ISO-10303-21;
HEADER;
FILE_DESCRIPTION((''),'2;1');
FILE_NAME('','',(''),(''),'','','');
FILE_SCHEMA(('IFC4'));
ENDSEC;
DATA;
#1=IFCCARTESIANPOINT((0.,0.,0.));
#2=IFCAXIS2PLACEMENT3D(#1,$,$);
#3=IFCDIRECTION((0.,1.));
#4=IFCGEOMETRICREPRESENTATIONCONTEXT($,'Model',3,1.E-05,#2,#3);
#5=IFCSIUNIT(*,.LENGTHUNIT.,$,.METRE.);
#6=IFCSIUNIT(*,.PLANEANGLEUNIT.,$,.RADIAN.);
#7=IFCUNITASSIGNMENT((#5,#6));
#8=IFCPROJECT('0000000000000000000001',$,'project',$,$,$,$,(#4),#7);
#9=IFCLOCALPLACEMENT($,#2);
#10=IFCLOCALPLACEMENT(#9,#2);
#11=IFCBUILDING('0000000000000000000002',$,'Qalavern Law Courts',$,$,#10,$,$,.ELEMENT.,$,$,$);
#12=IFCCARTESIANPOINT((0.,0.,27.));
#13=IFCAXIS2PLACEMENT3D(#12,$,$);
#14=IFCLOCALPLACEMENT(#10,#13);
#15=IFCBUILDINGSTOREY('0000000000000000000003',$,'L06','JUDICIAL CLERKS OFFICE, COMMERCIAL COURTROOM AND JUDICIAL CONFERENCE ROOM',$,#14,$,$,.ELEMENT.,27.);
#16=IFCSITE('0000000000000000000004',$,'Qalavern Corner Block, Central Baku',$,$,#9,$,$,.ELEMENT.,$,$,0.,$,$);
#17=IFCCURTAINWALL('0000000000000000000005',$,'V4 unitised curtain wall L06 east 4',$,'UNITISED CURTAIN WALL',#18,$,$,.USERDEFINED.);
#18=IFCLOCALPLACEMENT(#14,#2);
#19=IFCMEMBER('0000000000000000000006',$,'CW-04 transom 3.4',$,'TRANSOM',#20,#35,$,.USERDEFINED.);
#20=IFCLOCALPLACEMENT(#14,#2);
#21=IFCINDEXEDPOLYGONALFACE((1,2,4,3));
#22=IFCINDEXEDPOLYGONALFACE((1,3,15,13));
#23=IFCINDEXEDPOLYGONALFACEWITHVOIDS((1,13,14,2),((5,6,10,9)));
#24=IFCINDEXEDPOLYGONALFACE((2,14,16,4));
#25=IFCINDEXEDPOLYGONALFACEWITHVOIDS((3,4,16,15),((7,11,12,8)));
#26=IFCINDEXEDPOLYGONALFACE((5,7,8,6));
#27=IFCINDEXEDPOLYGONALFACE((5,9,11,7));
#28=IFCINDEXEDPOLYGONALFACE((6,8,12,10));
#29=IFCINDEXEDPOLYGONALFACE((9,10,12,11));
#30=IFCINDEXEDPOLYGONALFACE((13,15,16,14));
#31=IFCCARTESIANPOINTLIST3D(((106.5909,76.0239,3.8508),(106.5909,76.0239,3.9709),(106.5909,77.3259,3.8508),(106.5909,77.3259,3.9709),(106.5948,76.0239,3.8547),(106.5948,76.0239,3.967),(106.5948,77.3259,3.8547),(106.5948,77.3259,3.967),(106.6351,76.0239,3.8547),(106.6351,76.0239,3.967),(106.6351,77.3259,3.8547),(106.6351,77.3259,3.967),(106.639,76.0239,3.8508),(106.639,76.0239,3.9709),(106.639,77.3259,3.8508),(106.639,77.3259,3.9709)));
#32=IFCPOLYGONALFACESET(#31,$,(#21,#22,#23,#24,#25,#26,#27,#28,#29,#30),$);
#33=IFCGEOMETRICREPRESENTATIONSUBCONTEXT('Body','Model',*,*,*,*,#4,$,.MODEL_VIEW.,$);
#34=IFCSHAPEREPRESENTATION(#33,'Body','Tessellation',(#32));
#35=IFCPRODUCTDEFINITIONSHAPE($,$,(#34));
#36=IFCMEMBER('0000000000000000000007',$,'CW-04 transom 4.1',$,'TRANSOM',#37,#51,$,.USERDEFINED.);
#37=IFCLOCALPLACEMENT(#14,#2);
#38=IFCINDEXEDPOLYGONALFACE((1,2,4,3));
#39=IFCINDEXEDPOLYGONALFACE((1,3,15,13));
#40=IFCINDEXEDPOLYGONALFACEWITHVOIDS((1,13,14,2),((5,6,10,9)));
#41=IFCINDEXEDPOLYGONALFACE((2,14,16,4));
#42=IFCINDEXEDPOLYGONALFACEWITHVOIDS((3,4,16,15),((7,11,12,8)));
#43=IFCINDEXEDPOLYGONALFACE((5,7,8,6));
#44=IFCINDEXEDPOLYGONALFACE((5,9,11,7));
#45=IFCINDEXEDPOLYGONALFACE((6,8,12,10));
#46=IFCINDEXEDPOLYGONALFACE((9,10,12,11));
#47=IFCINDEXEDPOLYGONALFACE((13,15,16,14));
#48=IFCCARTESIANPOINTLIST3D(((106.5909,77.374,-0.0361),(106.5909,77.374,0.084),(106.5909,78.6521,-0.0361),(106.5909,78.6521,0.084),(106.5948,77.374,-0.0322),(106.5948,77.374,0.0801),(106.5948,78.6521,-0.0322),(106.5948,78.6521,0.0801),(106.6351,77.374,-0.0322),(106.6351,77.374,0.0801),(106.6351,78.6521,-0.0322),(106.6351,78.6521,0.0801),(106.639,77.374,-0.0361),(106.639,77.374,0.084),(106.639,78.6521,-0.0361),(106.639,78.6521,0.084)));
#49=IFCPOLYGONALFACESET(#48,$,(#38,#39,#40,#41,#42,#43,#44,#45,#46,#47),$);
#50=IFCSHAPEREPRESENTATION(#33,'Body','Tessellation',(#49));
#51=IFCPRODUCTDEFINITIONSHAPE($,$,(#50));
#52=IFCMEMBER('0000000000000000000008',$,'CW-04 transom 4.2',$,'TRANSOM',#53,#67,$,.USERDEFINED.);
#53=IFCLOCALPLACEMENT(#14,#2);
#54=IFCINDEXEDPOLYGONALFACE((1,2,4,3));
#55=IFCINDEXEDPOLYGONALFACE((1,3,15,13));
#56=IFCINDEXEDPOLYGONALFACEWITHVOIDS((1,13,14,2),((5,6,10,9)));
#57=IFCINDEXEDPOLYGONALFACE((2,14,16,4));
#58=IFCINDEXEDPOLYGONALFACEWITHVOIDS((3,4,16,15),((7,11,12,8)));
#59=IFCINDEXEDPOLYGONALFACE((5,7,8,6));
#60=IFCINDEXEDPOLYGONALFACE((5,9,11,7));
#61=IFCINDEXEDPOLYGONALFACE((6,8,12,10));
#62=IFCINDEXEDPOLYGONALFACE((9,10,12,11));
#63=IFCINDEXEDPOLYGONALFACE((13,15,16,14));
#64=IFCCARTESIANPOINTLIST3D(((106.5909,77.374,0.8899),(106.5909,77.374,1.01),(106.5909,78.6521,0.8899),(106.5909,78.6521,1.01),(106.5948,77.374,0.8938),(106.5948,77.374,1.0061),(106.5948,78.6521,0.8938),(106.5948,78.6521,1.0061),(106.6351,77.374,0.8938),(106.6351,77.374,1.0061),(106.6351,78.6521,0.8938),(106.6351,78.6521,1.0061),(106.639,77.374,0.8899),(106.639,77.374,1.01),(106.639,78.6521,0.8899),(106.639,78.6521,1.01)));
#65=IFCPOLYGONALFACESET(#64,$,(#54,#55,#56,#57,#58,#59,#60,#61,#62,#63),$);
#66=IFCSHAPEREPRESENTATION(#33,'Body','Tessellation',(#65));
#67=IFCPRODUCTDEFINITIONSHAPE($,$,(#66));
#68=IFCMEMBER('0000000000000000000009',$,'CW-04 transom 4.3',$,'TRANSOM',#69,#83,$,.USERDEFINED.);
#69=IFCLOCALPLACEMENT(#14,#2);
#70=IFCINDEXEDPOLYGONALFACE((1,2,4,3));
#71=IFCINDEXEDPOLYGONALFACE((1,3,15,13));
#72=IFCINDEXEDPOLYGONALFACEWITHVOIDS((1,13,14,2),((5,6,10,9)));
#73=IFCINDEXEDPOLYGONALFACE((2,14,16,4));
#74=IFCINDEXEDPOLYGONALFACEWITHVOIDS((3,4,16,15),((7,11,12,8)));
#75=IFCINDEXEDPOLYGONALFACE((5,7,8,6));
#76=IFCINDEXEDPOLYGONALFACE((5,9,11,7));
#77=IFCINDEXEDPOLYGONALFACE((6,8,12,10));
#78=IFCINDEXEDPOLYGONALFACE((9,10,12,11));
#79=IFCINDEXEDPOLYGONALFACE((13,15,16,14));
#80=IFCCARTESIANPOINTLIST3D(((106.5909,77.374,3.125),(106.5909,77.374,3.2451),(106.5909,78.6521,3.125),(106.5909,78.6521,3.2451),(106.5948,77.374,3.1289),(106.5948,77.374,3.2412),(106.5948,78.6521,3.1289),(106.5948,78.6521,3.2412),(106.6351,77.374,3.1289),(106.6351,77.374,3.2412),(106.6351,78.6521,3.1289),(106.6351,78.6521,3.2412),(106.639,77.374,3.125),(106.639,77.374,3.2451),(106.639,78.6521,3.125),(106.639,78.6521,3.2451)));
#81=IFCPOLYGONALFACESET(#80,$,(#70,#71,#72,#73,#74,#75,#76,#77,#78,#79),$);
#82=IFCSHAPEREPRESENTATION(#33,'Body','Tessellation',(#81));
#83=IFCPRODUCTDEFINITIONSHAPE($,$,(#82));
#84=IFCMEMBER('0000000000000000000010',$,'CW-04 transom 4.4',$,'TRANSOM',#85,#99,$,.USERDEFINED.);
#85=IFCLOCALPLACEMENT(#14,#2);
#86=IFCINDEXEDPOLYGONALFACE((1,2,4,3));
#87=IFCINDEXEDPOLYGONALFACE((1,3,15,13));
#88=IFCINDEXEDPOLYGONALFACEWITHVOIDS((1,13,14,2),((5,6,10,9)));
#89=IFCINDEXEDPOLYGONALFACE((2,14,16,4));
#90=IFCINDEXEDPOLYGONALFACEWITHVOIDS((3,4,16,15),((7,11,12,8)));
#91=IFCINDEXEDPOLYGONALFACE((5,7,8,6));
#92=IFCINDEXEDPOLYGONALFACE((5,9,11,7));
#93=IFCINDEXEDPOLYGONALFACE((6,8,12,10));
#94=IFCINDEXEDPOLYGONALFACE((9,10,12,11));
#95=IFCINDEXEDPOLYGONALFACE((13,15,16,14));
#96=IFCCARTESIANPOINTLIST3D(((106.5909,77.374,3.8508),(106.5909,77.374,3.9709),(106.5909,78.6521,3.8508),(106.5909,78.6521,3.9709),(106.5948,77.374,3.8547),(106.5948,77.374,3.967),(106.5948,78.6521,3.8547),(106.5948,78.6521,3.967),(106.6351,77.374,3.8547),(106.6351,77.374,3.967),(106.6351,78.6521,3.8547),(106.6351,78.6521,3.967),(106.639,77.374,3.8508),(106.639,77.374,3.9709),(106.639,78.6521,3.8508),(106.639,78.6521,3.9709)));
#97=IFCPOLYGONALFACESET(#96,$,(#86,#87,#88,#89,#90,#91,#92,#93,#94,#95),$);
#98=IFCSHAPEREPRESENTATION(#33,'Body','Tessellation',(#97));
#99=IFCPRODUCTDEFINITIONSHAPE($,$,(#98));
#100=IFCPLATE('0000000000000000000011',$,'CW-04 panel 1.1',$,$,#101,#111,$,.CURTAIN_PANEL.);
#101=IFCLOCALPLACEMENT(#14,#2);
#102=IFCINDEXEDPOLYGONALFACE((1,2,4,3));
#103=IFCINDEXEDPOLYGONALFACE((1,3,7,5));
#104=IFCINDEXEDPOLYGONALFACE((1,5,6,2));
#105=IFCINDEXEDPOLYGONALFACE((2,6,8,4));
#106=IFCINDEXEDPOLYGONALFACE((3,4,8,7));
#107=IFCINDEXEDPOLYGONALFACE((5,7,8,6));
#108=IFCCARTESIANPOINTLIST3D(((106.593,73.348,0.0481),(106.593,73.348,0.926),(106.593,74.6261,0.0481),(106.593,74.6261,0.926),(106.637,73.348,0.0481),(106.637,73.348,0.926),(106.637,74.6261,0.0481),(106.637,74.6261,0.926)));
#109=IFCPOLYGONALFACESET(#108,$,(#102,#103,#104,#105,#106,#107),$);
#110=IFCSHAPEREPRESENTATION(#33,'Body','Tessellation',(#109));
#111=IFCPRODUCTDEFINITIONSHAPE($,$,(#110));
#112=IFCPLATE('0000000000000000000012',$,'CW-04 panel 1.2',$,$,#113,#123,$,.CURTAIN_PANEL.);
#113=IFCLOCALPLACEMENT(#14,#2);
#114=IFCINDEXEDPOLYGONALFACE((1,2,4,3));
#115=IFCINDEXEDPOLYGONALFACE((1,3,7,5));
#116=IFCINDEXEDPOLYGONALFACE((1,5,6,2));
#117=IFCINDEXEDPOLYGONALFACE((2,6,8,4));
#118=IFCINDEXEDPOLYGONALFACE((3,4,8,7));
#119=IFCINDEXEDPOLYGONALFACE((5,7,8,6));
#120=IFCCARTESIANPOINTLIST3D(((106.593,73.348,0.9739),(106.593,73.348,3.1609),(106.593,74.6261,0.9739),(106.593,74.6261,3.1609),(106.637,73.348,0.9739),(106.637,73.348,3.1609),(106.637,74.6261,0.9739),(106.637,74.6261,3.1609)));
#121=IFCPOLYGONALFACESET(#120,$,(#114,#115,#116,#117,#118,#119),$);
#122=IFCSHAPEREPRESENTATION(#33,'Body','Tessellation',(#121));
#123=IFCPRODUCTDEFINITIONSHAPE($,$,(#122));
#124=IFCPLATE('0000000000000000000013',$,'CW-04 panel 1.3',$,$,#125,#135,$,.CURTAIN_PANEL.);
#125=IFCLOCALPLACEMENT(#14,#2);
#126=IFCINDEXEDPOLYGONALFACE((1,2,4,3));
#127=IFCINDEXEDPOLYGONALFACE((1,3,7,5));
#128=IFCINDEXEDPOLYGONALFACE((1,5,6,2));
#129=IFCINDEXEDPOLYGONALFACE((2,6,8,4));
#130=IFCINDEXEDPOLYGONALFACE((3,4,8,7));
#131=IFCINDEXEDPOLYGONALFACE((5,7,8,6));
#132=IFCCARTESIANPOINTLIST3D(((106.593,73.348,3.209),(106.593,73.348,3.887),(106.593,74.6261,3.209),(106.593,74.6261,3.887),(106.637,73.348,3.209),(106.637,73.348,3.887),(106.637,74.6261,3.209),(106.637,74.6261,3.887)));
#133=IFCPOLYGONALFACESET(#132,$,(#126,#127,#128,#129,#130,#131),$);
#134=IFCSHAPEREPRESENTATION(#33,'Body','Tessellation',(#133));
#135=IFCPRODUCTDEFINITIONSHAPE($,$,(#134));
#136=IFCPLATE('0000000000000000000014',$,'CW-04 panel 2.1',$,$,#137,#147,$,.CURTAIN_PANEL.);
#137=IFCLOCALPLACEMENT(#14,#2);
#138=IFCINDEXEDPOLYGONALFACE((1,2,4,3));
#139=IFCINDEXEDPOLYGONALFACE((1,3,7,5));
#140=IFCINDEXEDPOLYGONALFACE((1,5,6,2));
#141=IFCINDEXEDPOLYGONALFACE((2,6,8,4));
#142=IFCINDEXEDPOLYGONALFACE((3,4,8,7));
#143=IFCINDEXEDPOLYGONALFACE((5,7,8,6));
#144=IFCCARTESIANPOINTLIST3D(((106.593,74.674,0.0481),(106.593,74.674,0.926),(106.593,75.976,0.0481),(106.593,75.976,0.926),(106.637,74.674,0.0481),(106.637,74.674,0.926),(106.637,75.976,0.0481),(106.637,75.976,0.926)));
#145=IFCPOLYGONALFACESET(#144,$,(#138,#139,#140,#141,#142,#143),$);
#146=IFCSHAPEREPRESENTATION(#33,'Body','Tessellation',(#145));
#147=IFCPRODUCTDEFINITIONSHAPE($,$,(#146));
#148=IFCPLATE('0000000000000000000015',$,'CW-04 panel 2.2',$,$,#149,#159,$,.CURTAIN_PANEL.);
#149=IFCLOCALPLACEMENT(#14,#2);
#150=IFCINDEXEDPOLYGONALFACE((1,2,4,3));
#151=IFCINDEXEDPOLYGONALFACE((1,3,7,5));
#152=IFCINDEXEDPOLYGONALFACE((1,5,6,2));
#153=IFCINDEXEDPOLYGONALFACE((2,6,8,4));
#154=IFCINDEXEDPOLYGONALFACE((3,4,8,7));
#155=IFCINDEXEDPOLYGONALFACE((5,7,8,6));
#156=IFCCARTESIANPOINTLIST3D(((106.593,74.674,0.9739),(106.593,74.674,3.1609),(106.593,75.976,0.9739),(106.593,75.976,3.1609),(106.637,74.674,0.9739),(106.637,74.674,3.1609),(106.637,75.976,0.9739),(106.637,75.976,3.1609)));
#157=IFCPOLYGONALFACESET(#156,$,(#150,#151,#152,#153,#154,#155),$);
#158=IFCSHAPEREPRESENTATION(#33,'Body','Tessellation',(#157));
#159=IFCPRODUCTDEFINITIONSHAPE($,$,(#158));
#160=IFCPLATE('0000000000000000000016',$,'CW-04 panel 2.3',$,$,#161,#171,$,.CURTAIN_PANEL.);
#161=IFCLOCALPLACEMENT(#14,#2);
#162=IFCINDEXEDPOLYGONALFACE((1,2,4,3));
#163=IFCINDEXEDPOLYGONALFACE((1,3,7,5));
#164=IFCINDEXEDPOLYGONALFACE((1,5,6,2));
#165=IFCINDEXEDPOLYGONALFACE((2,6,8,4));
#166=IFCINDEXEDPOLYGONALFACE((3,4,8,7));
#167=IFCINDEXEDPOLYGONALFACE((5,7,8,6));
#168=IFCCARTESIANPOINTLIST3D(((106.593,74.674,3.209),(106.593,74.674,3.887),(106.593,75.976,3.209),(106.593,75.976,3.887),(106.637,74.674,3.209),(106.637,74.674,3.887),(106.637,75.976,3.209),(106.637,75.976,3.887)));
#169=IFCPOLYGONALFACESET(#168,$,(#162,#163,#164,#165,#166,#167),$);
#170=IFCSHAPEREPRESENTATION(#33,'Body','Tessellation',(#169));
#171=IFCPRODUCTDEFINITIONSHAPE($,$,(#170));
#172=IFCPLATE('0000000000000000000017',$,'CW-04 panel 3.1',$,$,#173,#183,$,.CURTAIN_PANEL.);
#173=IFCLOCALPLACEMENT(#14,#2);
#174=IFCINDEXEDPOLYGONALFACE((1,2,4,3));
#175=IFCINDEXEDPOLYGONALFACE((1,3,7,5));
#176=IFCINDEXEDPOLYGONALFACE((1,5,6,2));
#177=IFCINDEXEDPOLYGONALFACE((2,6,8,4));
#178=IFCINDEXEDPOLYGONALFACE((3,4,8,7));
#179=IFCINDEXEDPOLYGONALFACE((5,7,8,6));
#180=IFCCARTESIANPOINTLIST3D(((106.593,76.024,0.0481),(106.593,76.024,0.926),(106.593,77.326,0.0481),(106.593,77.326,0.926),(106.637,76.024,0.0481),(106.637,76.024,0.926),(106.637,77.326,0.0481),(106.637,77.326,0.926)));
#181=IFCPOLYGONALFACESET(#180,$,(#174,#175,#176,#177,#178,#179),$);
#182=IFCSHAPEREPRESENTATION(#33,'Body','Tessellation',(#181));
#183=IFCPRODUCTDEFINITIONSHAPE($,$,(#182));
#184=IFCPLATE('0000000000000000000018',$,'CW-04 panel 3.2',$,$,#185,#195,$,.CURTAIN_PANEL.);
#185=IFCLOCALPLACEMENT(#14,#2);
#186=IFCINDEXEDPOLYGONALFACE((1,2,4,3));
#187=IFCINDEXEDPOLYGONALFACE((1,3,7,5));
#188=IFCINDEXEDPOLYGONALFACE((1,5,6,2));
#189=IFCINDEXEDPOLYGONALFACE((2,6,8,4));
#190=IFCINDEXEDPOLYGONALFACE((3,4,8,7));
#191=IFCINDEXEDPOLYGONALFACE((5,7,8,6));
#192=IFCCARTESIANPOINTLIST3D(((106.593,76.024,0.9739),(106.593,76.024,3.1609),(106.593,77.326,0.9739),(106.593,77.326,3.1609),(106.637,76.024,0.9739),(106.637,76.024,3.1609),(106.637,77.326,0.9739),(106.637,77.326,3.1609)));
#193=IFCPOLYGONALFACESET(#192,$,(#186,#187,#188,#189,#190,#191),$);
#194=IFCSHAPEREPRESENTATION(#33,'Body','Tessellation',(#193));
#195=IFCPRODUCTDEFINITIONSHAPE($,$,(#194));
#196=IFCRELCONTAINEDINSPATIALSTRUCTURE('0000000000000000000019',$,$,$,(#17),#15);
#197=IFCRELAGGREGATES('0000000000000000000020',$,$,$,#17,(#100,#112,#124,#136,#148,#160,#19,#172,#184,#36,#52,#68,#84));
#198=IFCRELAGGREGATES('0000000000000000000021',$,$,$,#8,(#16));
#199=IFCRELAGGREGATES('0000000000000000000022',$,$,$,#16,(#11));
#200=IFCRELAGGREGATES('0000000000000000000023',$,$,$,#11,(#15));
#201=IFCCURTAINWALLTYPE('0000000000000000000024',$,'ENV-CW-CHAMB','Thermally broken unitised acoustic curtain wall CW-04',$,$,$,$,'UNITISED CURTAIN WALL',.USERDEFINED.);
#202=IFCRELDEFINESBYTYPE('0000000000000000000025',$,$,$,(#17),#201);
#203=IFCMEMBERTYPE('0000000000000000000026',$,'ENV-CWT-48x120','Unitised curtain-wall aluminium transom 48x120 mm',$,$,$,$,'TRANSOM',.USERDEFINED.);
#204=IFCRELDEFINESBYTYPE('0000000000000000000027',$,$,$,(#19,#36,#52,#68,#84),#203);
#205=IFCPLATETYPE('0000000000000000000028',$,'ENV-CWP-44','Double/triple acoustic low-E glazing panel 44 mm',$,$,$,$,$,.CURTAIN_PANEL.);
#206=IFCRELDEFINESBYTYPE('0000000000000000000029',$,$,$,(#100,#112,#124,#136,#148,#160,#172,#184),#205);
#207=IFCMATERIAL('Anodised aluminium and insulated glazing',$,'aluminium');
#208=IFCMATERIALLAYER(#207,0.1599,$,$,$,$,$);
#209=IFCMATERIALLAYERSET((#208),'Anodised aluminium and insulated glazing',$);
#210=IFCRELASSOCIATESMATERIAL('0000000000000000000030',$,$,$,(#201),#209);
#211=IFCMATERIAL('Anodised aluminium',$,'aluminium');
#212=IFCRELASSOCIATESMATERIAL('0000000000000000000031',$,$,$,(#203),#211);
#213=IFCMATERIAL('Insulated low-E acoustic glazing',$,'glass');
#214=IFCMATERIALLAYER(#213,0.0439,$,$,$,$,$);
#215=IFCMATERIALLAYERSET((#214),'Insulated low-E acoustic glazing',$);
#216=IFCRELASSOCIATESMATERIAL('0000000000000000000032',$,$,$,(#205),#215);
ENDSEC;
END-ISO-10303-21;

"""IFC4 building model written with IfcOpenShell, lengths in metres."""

from ifc_helpers import new_model, si_unit, direction, frame, origin, origin_2d, place, context, subcontext, project, spatial, rectangle, hollow_rectangle, extrude, material, layer, layer_set, material_profile, profile_set, type_object, element, aggregate, save


model = new_model("IFC4")

# Units and contexts
model_context = context("Model", 3, precision=1e-05, world=origin(), true_north=direction((0.0, 1.0)))
body_context = subcontext(model_context, "Body", "Model", "MODEL_VIEW")
ifc_project = project(units=[si_unit("LENGTHUNIT", "METRE"), si_unit("PLANEANGLEUNIT", "RADIAN")], contexts=[model_context])

# Site, building, storey
site_placement = place(None, origin())
site = spatial("IfcSite", under=ifc_project, at=site_placement, Name="Qalavern Corner Block, Central Baku", CompositionType="ELEMENT", RefElevation=0.0)
building_placement = place(site_placement, origin())
building = spatial("IfcBuilding", under=site, at=building_placement, Name="Qalavern Law Courts", CompositionType="ELEMENT")
storey_placement = place(building_placement, frame((0.0, 0.0, 27.0)))
storey = spatial("IfcBuildingStorey", under=building, at=storey_placement, Name="L06", Description="JUDICIAL CLERKS OFFICE, COMMERCIAL COURTROOM AND JUDICIAL CONFERENCE ROOM", CompositionType="ELEMENT", Elevation=27.0)

# Curtain wall, members, plates
ifc_material_1 = material(Name="Anodised aluminium and insulated glazing", Category="aluminium")
ifc_layer_1 = layer(ifc_material_1, 0.1599)
ifc_layer_set_1 = layer_set([ifc_layer_1], Name="Anodised aluminium and insulated glazing")
curtain_wall_type = type_object("IfcCurtainWallType", Name="ENV-CW-CHAMB", Description="Thermally broken unitised acoustic curtain wall CW-04", ElementType="UNITISED CURTAIN WALL", PredefinedType="USERDEFINED", material=ifc_layer_set_1)
curtain_wall_placement = place(storey_placement, origin())
curtain_wall = element("IfcCurtainWall", 1, at=curtain_wall_placement, inside=storey, type_object=curtain_wall_type, Name="V4 unitised curtain wall L06 east 4", ObjectType="UNITISED CURTAIN WALL", PredefinedType="USERDEFINED")
ifc_material_2 = material(Name="Anodised aluminium", Category="aluminium")
ifc_material_profile_1 = material_profile(ifc_material_2, hollow_rectangle(XDim=0.0481, YDim=0.1201, WallThickness=0.0039, at=origin_2d()), Name="ALU TRANSOM 48x120")
ifc_profile_set_1 = profile_set([ifc_material_profile_1], Name="Anodised aluminium")
member_type_1 = type_object("IfcMemberType", Name="ENV-CWT-48x120", Description="Unitised curtain-wall aluminium transom 48x120 mm", ElementType="TRANSOM", PredefinedType="USERDEFINED", material=ifc_profile_set_1)
member_1_placement = place(storey_placement, frame((106.615, 76.0239, 3.9109), z_axis=(0.0, 1.0, 0.0), x_axis=(-1.0, 0.0, 0.0)))
member_1 = element("IfcMember", 2, at=member_1_placement, type_object=member_type_1, Name="CW-04 transom 3.4", ObjectType="TRANSOM", PredefinedType="USERDEFINED", context=body_context, shape_type="SweptSolid", body=[
    extrude(hollow_rectangle(XDim=0.0481, YDim=0.1201, WallThickness=0.0039, at=origin_2d()), origin(), (0.0, 0.0, 1.0), 1.302),
])
member_2_placement = place(storey_placement, frame((106.615, 77.374, 0.0239), z_axis=(0.0, 1.0, 0.0), x_axis=(-1.0, 0.0, 0.0)))
member_2 = element("IfcMember", 3, at=member_2_placement, type_object=member_type_1, Name="CW-04 transom 4.1", ObjectType="TRANSOM", PredefinedType="USERDEFINED", context=body_context, shape_type="SweptSolid", body=[
    extrude(hollow_rectangle(XDim=0.0481, YDim=0.1201, WallThickness=0.0039, at=origin_2d()), origin(), (0.0, 0.0, 1.0), 1.2781),
])
member_3_placement = place(storey_placement, frame((106.615, 77.374, 0.95), z_axis=(0.0, 1.0, 0.0), x_axis=(-1.0, 0.0, 0.0)))
member_3 = element("IfcMember", 4, at=member_3_placement, type_object=member_type_1, Name="CW-04 transom 4.2", ObjectType="TRANSOM", PredefinedType="USERDEFINED", context=body_context, shape_type="SweptSolid", body=[
    extrude(hollow_rectangle(XDim=0.0481, YDim=0.1201, WallThickness=0.0039, at=origin_2d()), origin(), (0.0, 0.0, 1.0), 1.2781),
])
member_4_placement = place(storey_placement, frame((106.615, 77.374, 3.1851), z_axis=(0.0, 1.0, 0.0), x_axis=(-1.0, 0.0, 0.0)))
member_4 = element("IfcMember", 5, at=member_4_placement, type_object=member_type_1, Name="CW-04 transom 4.3", ObjectType="TRANSOM", PredefinedType="USERDEFINED", context=body_context, shape_type="SweptSolid", body=[
    extrude(hollow_rectangle(XDim=0.0481, YDim=0.1201, WallThickness=0.0039, at=origin_2d()), origin(), (0.0, 0.0, 1.0), 1.2781),
])
member_5_placement = place(storey_placement, frame((106.615, 77.374, 3.9109), z_axis=(0.0, 1.0, 0.0), x_axis=(-1.0, 0.0, 0.0)))
member_5 = element("IfcMember", 6, at=member_5_placement, type_object=member_type_1, Name="CW-04 transom 4.4", ObjectType="TRANSOM", PredefinedType="USERDEFINED", context=body_context, shape_type="SweptSolid", body=[
    extrude(hollow_rectangle(XDim=0.0481, YDim=0.1201, WallThickness=0.0039, at=origin_2d()), origin(), (0.0, 0.0, 1.0), 1.2781),
])
ifc_material_3 = material(Name="Insulated low-E acoustic glazing", Category="glass")
ifc_layer_2 = layer(ifc_material_3, 0.0439)
ifc_layer_set_2 = layer_set([ifc_layer_2], Name="Insulated low-E acoustic glazing")
plate_type = type_object("IfcPlateType", Name="ENV-CWP-44", Description="Double/triple acoustic low-E glazing panel 44 mm", PredefinedType="CURTAIN_PANEL", material=ifc_layer_set_2)
plate_1_placement = place(storey_placement, frame((106.615, 73.9871, 0.0481), z_axis=(0.0, 0.0, 1.0), x_axis=(0.0, 1.0, 0.0)))
plate_1 = element("IfcPlate", 7, at=plate_1_placement, type_object=plate_type, Name="CW-04 panel 1.1", PredefinedType="CURTAIN_PANEL", context=body_context, shape_type="SweptSolid", body=[
    extrude(rectangle(XDim=1.2781, YDim=0.0439, at=origin_2d()), origin(), (0.0, 0.0, 1.0), 0.8779),
])
plate_2_placement = place(storey_placement, frame((106.615, 73.9871, 0.9739), z_axis=(0.0, 0.0, 1.0), x_axis=(0.0, 1.0, 0.0)))
plate_2 = element("IfcPlate", 8, at=plate_2_placement, type_object=plate_type, Name="CW-04 panel 1.2", PredefinedType="CURTAIN_PANEL", context=body_context, shape_type="SweptSolid", body=[
    extrude(rectangle(XDim=1.2781, YDim=0.0439, at=origin_2d()), origin(), (0.0, 0.0, 1.0), 2.187),
])
plate_3_placement = place(storey_placement, frame((106.615, 73.9871, 3.209), z_axis=(0.0, 0.0, 1.0), x_axis=(0.0, 1.0, 0.0)))
plate_3 = element("IfcPlate", 9, at=plate_3_placement, type_object=plate_type, Name="CW-04 panel 1.3", PredefinedType="CURTAIN_PANEL", context=body_context, shape_type="SweptSolid", body=[
    extrude(rectangle(XDim=1.2781, YDim=0.0439, at=origin_2d()), origin(), (0.0, 0.0, 1.0), 0.678),
])
plate_4_placement = place(storey_placement, frame((106.615, 75.325, 0.0481), z_axis=(0.0, 0.0, 1.0), x_axis=(0.0, 1.0, 0.0)))
plate_4 = element("IfcPlate", 10, at=plate_4_placement, type_object=plate_type, Name="CW-04 panel 2.1", PredefinedType="CURTAIN_PANEL", context=body_context, shape_type="SweptSolid", body=[
    extrude(rectangle(XDim=1.302, YDim=0.0439, at=origin_2d()), origin(), (0.0, 0.0, 1.0), 0.8779),
])
plate_5_placement = place(storey_placement, frame((106.615, 75.325, 0.9739), z_axis=(0.0, 0.0, 1.0), x_axis=(0.0, 1.0, 0.0)))
plate_5 = element("IfcPlate", 11, at=plate_5_placement, type_object=plate_type, Name="CW-04 panel 2.2", PredefinedType="CURTAIN_PANEL", context=body_context, shape_type="SweptSolid", body=[
    extrude(rectangle(XDim=1.302, YDim=0.0439, at=origin_2d()), origin(), (0.0, 0.0, 1.0), 2.187),
])
plate_6_placement = place(storey_placement, frame((106.615, 75.325, 3.209), z_axis=(0.0, 0.0, 1.0), x_axis=(0.0, 1.0, 0.0)))
plate_6 = element("IfcPlate", 12, at=plate_6_placement, type_object=plate_type, Name="CW-04 panel 2.3", PredefinedType="CURTAIN_PANEL", context=body_context, shape_type="SweptSolid", body=[
    extrude(rectangle(XDim=1.302, YDim=0.0439, at=origin_2d()), origin(), (0.0, 0.0, 1.0), 0.678),
])
plate_7_placement = place(storey_placement, frame((106.615, 76.675, 0.0481), z_axis=(0.0, 0.0, 1.0), x_axis=(0.0, 1.0, 0.0)))
plate_7 = element("IfcPlate", 13, at=plate_7_placement, type_object=plate_type, Name="CW-04 panel 3.1", PredefinedType="CURTAIN_PANEL", context=body_context, shape_type="SweptSolid", body=[
    extrude(rectangle(XDim=1.302, YDim=0.0439, at=origin_2d()), origin(), (0.0, 0.0, 1.0), 0.8779),
])
plate_8_placement = place(storey_placement, frame((106.615, 76.675, 0.9739), z_axis=(0.0, 0.0, 1.0), x_axis=(0.0, 1.0, 0.0)))
plate_8 = element("IfcPlate", 14, at=plate_8_placement, type_object=plate_type, Name="CW-04 panel 3.2", PredefinedType="CURTAIN_PANEL", context=body_context, shape_type="SweptSolid", body=[
    extrude(rectangle(XDim=1.302, YDim=0.0439, at=origin_2d()), origin(), (0.0, 0.0, 1.0), 2.187),
])
aggregate(curtain_wall, [plate_1, plate_2, plate_3, plate_4, plate_5, plate_6, member_1, plate_7, plate_8, member_2, member_3, member_4, member_5])

save(model, "model.ifc")
